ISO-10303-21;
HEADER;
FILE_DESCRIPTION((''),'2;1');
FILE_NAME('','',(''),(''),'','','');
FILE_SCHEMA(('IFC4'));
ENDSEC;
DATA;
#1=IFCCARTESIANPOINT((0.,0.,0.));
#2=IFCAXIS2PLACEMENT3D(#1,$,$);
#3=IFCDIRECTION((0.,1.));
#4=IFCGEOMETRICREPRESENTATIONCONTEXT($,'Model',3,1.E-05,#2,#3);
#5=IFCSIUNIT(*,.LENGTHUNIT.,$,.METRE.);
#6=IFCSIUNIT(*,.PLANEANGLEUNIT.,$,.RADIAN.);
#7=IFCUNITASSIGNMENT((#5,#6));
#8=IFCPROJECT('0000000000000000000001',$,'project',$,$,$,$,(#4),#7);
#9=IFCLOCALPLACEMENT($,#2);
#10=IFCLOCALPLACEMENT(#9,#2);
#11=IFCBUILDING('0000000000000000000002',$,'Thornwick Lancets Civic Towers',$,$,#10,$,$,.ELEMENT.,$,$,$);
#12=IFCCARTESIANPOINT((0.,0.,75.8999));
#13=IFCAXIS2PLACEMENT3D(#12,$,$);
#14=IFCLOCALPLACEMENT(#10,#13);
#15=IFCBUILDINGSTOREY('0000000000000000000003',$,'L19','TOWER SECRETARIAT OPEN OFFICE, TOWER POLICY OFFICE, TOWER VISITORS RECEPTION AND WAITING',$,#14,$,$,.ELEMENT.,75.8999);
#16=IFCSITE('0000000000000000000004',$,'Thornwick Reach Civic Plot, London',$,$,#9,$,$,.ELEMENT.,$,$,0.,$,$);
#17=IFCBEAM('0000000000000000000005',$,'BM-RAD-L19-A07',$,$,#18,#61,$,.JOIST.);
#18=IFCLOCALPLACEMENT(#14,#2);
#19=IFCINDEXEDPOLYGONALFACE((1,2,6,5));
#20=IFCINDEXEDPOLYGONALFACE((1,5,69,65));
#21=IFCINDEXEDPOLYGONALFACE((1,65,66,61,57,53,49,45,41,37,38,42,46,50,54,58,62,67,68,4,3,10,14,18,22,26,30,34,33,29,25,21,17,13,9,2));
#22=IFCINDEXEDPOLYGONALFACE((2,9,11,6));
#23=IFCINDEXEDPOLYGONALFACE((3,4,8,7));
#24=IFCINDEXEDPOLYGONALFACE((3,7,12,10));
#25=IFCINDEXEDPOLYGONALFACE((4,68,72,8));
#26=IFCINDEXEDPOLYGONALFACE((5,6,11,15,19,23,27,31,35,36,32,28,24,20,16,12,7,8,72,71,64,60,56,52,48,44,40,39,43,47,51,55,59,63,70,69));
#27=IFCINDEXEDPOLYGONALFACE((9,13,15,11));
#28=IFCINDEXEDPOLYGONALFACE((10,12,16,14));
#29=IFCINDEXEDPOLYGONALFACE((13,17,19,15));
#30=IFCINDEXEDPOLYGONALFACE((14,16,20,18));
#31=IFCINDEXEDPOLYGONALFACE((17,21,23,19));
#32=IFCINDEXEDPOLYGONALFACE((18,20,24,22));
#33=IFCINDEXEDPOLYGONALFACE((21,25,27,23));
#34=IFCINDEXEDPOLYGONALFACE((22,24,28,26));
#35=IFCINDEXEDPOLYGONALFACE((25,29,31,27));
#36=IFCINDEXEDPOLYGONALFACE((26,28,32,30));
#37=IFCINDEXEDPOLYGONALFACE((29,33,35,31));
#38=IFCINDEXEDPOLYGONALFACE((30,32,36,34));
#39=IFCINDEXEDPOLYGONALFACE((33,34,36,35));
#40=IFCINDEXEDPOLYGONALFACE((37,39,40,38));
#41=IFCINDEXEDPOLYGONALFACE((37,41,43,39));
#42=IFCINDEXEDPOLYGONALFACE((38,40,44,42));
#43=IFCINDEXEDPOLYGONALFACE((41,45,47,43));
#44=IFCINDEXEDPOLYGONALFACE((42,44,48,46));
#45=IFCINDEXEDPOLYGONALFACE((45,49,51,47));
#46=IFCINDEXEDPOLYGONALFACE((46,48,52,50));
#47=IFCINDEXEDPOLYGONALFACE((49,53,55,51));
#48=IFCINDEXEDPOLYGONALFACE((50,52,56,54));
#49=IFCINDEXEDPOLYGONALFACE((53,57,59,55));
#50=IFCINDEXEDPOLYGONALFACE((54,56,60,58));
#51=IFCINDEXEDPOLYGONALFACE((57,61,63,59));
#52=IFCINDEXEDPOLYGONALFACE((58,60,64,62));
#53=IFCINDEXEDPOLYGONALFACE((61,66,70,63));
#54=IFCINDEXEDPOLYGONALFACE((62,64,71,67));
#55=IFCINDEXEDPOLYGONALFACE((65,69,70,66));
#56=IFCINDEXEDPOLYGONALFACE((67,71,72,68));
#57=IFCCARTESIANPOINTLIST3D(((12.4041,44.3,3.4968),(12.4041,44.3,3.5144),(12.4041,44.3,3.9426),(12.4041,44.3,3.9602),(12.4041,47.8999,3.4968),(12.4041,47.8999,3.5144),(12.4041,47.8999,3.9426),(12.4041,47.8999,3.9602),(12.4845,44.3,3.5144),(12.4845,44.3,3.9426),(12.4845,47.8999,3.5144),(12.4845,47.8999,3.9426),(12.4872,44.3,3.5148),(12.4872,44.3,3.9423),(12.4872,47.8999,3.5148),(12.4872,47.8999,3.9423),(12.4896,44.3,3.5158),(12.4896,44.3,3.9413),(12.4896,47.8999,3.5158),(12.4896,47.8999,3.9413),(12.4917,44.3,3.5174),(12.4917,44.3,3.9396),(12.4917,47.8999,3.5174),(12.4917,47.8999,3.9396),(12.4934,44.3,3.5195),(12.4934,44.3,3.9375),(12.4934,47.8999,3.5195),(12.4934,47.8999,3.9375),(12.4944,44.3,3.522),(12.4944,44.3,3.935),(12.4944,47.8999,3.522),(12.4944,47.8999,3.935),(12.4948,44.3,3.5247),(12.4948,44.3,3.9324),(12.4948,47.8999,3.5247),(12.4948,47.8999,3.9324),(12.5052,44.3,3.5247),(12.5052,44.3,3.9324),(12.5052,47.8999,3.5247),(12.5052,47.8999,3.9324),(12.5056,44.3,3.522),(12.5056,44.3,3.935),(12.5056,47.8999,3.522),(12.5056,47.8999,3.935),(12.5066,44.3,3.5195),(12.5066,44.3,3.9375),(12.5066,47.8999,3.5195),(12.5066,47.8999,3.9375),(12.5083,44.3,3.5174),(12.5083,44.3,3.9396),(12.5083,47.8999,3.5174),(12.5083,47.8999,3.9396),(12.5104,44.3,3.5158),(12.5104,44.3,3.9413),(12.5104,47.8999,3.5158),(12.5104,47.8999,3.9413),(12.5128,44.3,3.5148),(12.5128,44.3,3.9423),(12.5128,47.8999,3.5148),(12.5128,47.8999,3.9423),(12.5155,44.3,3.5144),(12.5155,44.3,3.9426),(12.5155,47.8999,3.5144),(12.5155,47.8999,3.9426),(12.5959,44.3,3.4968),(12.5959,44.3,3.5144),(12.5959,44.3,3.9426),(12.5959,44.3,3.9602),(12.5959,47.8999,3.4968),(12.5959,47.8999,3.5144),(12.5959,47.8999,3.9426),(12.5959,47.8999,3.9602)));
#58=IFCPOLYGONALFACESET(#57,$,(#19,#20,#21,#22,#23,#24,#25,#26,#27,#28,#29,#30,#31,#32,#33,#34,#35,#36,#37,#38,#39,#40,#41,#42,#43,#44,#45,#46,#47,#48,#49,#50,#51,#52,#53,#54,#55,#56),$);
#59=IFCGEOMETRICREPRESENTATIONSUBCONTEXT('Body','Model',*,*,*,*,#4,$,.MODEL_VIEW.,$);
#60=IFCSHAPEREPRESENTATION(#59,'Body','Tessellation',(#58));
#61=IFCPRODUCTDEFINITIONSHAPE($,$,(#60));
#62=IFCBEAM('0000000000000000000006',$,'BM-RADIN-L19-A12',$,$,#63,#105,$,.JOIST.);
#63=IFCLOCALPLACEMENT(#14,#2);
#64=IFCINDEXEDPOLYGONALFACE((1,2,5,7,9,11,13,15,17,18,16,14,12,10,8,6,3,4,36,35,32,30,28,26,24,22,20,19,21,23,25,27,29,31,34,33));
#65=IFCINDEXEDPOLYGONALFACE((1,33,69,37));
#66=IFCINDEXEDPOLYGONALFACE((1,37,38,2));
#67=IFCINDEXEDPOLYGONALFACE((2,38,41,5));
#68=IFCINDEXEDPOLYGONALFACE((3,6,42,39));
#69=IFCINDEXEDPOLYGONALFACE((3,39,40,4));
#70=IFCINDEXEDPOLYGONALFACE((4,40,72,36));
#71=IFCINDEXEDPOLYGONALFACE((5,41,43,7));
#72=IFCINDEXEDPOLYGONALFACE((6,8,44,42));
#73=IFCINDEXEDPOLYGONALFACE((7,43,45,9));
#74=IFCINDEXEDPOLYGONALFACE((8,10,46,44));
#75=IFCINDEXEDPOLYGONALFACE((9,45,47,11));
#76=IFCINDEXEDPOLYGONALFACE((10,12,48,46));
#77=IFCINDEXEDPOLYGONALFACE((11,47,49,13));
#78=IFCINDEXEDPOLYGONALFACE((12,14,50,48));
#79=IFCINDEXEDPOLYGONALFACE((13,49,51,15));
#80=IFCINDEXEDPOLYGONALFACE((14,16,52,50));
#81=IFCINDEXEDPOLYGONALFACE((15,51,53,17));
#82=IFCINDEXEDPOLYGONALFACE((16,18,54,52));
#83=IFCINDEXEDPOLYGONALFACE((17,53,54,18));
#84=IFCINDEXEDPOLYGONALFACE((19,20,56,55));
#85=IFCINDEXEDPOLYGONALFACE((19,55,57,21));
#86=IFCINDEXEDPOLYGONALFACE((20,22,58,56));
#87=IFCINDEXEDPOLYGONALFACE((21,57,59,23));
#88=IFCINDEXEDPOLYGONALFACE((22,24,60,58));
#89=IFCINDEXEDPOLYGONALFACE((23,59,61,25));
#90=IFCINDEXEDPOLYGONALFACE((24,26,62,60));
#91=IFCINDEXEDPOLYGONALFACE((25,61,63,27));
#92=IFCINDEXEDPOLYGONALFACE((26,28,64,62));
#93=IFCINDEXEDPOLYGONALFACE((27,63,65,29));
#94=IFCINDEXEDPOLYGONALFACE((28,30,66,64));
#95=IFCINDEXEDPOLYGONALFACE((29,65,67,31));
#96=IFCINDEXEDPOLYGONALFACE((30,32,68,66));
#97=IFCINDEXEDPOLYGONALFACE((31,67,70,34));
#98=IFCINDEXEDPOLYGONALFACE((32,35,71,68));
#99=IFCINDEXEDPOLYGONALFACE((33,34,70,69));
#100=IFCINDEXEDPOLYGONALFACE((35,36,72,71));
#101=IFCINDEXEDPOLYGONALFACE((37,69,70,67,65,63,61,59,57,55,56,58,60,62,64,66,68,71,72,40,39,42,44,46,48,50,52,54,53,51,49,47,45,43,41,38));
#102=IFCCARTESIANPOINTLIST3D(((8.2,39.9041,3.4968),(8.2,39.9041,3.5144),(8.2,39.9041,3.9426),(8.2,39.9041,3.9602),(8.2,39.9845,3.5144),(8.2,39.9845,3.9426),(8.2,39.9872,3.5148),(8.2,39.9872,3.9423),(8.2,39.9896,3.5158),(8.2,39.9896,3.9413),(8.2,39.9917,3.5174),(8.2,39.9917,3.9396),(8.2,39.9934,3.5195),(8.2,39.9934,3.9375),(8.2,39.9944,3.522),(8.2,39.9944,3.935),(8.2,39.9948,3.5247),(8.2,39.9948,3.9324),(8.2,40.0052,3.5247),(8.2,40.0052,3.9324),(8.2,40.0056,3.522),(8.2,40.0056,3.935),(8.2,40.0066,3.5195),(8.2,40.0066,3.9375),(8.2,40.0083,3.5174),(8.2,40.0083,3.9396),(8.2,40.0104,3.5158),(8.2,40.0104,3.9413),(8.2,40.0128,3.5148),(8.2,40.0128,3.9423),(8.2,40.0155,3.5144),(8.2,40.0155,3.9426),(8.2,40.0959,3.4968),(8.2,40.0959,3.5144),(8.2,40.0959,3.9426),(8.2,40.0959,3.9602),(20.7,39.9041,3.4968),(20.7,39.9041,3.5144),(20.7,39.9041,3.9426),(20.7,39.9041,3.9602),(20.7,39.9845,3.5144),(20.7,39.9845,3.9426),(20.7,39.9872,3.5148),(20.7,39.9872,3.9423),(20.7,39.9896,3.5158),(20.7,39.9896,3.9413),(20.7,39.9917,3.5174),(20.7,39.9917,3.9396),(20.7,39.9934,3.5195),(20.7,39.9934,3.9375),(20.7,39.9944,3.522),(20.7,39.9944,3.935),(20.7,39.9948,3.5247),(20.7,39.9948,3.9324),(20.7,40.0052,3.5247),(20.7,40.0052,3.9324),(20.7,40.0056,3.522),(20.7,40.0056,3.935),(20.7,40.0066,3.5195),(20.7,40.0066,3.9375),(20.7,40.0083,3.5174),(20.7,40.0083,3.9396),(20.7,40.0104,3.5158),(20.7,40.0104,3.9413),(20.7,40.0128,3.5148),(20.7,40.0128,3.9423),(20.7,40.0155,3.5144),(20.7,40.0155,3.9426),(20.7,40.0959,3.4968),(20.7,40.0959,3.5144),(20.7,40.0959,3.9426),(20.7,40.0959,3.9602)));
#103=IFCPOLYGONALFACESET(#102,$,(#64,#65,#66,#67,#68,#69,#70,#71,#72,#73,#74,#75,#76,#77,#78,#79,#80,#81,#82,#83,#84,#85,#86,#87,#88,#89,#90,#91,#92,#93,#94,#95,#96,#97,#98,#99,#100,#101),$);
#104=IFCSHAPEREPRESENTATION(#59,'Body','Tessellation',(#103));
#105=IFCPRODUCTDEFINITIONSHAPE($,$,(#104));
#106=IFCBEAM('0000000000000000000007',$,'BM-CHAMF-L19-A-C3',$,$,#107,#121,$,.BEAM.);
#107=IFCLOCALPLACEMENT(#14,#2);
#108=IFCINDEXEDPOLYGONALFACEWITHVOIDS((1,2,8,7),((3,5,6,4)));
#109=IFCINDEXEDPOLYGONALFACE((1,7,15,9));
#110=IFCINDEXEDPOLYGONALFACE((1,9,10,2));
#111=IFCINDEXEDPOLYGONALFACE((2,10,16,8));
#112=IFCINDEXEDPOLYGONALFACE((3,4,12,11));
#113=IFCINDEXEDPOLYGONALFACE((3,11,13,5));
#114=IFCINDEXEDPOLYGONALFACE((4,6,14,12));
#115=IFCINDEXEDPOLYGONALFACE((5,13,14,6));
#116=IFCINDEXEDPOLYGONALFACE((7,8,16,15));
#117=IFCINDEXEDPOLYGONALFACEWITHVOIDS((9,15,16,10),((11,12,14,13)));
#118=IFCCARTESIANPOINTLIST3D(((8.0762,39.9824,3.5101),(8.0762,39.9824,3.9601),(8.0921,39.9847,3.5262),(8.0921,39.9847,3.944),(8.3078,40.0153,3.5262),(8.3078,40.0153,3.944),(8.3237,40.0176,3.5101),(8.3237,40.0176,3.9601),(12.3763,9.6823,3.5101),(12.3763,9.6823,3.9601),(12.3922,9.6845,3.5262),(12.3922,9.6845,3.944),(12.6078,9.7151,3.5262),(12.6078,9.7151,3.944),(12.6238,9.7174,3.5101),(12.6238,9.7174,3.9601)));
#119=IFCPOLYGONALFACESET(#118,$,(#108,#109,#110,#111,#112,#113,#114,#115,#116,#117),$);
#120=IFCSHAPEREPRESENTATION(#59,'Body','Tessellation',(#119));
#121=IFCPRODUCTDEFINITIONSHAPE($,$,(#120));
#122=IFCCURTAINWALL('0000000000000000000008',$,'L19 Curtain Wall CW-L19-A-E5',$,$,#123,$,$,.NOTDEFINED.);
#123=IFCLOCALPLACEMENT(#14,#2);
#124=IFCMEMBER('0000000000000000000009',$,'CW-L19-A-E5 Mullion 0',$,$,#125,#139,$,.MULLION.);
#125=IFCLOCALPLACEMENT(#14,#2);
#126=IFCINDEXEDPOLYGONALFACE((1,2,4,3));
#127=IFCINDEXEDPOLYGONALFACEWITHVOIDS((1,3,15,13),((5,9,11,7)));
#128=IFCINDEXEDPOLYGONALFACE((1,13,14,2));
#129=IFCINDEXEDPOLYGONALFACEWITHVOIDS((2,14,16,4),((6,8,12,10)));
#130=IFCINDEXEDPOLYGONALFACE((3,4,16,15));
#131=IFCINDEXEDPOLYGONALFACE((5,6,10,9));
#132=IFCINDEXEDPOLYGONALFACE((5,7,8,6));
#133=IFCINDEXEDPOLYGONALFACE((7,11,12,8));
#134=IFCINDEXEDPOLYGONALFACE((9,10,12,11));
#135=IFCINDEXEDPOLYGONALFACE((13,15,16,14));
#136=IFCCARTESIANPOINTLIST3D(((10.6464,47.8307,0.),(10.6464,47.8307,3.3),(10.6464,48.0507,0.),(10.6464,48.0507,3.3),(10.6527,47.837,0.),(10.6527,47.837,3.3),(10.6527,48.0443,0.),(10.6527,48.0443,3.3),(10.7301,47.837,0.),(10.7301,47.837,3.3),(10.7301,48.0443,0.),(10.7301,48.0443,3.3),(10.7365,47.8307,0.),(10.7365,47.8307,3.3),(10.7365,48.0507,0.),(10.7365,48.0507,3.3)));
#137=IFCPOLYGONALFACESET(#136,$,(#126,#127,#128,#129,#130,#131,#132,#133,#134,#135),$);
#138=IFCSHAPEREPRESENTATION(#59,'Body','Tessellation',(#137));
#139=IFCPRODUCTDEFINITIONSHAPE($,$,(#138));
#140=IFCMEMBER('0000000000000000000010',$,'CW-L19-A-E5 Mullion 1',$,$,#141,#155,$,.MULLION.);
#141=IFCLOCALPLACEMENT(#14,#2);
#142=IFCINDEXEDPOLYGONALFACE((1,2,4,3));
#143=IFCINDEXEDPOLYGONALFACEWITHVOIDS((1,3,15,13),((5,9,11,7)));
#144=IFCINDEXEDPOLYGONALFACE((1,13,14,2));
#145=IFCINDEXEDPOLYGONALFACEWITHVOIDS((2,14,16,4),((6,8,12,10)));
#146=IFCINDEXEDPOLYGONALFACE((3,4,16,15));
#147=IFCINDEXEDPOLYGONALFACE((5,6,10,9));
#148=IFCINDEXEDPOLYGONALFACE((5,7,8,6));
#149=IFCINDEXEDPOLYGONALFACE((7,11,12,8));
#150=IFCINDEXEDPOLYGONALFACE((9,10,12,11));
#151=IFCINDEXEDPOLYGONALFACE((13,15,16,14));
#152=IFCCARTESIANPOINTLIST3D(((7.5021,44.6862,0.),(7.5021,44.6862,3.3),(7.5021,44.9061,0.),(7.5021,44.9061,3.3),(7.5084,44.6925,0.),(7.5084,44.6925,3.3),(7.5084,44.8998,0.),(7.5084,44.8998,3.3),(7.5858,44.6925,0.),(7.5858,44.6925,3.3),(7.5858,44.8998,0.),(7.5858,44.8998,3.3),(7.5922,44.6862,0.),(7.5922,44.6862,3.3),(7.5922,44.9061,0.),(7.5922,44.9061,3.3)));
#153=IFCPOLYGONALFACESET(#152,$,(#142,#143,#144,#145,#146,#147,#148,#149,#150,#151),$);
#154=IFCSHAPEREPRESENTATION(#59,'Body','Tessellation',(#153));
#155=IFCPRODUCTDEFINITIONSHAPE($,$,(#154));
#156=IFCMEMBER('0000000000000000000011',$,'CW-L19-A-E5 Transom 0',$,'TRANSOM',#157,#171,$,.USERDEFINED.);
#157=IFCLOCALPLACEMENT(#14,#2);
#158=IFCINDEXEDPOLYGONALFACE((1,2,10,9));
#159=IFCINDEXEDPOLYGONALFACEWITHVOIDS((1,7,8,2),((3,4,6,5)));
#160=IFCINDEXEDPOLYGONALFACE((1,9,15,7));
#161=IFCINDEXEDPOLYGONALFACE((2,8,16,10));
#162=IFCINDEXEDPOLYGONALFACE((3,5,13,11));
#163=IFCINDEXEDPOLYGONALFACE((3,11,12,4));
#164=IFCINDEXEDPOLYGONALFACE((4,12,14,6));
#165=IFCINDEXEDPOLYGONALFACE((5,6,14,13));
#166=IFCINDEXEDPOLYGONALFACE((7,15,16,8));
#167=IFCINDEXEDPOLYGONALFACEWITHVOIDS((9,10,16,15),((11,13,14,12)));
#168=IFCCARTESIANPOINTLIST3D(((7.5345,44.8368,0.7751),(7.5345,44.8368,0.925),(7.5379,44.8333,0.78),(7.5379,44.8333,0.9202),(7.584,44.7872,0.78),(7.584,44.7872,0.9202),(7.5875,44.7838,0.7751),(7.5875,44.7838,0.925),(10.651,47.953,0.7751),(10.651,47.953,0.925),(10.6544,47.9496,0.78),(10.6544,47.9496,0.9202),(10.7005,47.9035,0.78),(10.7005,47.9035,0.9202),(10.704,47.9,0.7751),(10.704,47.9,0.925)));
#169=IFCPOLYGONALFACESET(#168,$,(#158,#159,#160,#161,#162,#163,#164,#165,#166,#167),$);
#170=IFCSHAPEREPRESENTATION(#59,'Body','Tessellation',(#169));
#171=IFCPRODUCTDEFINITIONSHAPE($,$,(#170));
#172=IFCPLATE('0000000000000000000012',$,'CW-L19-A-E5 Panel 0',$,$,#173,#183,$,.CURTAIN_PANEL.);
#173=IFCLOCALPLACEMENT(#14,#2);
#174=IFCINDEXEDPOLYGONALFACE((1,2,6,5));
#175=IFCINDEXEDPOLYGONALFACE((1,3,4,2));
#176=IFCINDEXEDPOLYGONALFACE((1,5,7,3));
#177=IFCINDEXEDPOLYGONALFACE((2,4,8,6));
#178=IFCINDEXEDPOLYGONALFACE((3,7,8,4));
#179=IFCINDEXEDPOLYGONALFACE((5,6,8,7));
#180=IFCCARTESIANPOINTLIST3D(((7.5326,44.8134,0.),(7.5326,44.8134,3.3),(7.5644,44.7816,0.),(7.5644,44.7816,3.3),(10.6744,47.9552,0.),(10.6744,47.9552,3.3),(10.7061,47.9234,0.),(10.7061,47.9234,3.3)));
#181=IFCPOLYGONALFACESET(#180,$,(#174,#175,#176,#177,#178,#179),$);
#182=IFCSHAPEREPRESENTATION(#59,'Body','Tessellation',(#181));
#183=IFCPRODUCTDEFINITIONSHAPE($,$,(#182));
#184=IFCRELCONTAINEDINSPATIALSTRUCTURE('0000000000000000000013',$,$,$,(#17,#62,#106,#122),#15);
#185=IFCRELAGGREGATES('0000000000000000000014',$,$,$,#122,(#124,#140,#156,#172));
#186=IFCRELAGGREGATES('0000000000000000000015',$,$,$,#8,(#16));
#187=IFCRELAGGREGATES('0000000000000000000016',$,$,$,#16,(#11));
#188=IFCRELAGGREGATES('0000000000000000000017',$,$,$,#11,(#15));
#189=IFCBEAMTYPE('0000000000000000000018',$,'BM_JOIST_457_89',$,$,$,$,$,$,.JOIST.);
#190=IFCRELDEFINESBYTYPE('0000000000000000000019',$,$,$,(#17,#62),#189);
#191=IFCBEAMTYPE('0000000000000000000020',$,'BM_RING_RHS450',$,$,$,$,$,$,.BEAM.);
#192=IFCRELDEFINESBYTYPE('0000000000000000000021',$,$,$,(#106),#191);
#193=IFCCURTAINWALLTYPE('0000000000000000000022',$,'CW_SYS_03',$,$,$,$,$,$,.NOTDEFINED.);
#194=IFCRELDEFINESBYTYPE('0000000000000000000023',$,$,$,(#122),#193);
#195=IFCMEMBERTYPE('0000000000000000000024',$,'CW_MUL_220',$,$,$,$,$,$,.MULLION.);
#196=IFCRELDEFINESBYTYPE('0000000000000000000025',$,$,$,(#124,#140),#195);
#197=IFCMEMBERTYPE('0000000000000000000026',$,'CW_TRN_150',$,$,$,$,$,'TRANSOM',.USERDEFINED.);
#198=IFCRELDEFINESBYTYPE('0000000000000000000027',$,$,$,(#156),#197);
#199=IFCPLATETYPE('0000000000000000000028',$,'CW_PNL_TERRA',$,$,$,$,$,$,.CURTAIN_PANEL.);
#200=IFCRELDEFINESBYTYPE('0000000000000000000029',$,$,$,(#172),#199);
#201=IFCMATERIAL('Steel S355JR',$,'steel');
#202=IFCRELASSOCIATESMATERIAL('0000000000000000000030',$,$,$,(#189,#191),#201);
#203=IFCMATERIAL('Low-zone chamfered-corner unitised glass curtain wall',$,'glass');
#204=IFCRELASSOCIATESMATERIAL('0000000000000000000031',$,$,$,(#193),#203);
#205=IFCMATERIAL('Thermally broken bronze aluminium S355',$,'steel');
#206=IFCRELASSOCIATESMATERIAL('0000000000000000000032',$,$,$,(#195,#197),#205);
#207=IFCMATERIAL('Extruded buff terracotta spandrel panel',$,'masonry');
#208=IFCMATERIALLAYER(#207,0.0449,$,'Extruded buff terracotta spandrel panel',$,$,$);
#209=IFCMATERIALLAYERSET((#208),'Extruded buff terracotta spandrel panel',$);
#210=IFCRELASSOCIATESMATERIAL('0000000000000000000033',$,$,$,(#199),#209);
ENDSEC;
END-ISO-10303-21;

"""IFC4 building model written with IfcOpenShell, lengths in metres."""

from ifc_helpers import new_model, si_unit, direction, frame, origin, origin_2d, place, context, subcontext, project, spatial, rectangle, hollow_rectangle, i_section, extrude, material, layer, layer_set, material_profile, profile_set, type_object, element, aggregate, save


model = new_model("IFC4")

# Units and contexts
model_context = context("Model", 3, precision=1e-05, world=origin(), true_north=direction((0.0, 1.0)))
body_context = subcontext(model_context, "Body", "Model", "MODEL_VIEW")
ifc_project = project(units=[si_unit("LENGTHUNIT", "METRE"), si_unit("PLANEANGLEUNIT", "RADIAN")], contexts=[model_context])

# Site, building, storey
site_placement = place(None, origin())
site = spatial("IfcSite", under=ifc_project, at=site_placement, Name="Thornwick Reach Civic Plot, London", CompositionType="ELEMENT", RefElevation=0.0)
building_placement = place(site_placement, origin())
building = spatial("IfcBuilding", under=site, at=building_placement, Name="Thornwick Lancets Civic Towers", CompositionType="ELEMENT")
storey_placement = place(building_placement, frame((0.0, 0.0, 75.8999)))
storey = spatial("IfcBuildingStorey", under=building, at=storey_placement, Name="L19", Description="TOWER SECRETARIAT OPEN OFFICE, TOWER POLICY OFFICE, TOWER VISITORS RECEPTION AND WAITING", CompositionType="ELEMENT", Elevation=75.8999)

# Beams
ifc_material_1 = material(Name="Steel S355JR", Category="steel")
ifc_material_profile_1 = material_profile(ifc_material_1, i_section(OverallWidth=0.1919, OverallDepth=0.4634, WebThickness=0.0105, FlangeThickness=0.0176, FilletRadius=0.0103, at=origin_2d()), Name="UKB 457x191x89")
ifc_profile_set_1 = profile_set([ifc_material_profile_1], Name="Steel S355JR")
beam_type_1 = type_object("IfcBeamType", Name="BM_JOIST_457_89", PredefinedType="JOIST", material=ifc_profile_set_1)
beam_1_placement = place(storey_placement, frame((12.5, 44.3, 3.7285), z_axis=(0.0, 1.0, 0.0), x_axis=(-1.0, 0.0, 0.0)))
element("IfcBeam", 1, at=beam_1_placement, inside=storey, type_object=beam_type_1, Name="BM-RAD-L19-A07", PredefinedType="JOIST", context=body_context, shape_type="SweptSolid", body=[
    extrude(i_section(OverallWidth=0.1919, OverallDepth=0.4634, WebThickness=0.0105, FlangeThickness=0.0176, FilletRadius=0.0103, at=origin_2d()), origin(), (0.0, 0.0, 1.0), 3.5999),
])
beam_2_placement = place(storey_placement, frame((20.7, 40.0, 3.7285), z_axis=(-1.0, 0.0, 0.0), x_axis=(0.0, -1.0, 0.0)))
element("IfcBeam", 2, at=beam_2_placement, inside=storey, type_object=beam_type_1, Name="BM-RADIN-L19-A12", PredefinedType="JOIST", context=body_context, shape_type="SweptSolid", body=[
    extrude(i_section(OverallWidth=0.1919, OverallDepth=0.4634, WebThickness=0.0105, FlangeThickness=0.0176, FilletRadius=0.0103, at=origin_2d()), origin(), (0.0, 0.0, 1.0), 12.5),
])
ifc_material_profile_2 = material_profile(ifc_material_1, hollow_rectangle(XDim=0.25, YDim=0.45, WallThickness=0.0161, at=origin_2d()), Name="RHS 450x250x16")
ifc_profile_set_2 = profile_set([ifc_material_profile_2], Name="Steel S355JR")
beam_type_2 = type_object("IfcBeamType", Name="BM_RING_RHS450", PredefinedType="BEAM", material=ifc_profile_set_2)
beam_3_placement = place(storey_placement, frame((8.2, 40.0, 3.7351), z_axis=(0.140508, -0.99008, 0.0), x_axis=(0.99008, 0.140508, 0.0)))
element("IfcBeam", 3, at=beam_3_placement, inside=storey, type_object=beam_type_2, Name="BM-CHAMF-L19-A-C3", PredefinedType="BEAM", context=body_context, shape_type="SweptSolid", body=[
    extrude(hollow_rectangle(XDim=0.25, YDim=0.45, WallThickness=0.0161, at=origin_2d()), origin(), (0.0, 0.0, 1.0), 30.6038),
])

# Curtain wall, members, plate
ifc_material_2 = material(Name="Low-zone chamfered-corner unitised glass curtain wall", Category="glass")
curtain_wall_type = type_object("IfcCurtainWallType", Name="CW_SYS_03", PredefinedType="NOTDEFINED", material=ifc_material_2)
curtain_wall_placement = place(storey_placement, origin())
curtain_wall = element("IfcCurtainWall", 4, at=curtain_wall_placement, inside=storey, type_object=curtain_wall_type, Name="L19 Curtain Wall CW-L19-A-E5", PredefinedType="NOTDEFINED")
ifc_material_3 = material(Name="Thermally broken bronze aluminium S355", Category="steel")
ifc_material_profile_3 = material_profile(ifc_material_3, hollow_rectangle(XDim=0.0901, YDim=0.22, WallThickness=0.0063, at=origin_2d()), Name="RHS 220x90x6.3")
ifc_profile_set_3 = profile_set([ifc_material_profile_3], Name="Thermally broken bronze aluminium S355")
member_type_1 = type_object("IfcMemberType", Name="CW_MUL_220", PredefinedType="MULLION", material=ifc_profile_set_3)
member_1_placement = place(storey_placement, frame((10.6914, 47.9407, 0.0), z_axis=(0.0, 0.0, 1.0), x_axis=(1.0, 0.0, 0.0)))
member_1 = element("IfcMember", 5, at=member_1_placement, type_object=member_type_1, Name="CW-L19-A-E5 Mullion 0", PredefinedType="MULLION", context=body_context, shape_type="SweptSolid", body=[
    extrude(hollow_rectangle(XDim=0.0901, YDim=0.22, WallThickness=0.0063, at=origin_2d()), origin(), (0.0, 0.0, 1.0), 3.3),
])
member_2_placement = place(storey_placement, frame((7.5471, 44.7961, 0.0), z_axis=(0.0, 0.0, 1.0), x_axis=(1.0, 0.0, 0.0)))
member_2 = element("IfcMember", 6, at=member_2_placement, type_object=member_type_1, Name="CW-L19-A-E5 Mullion 1", PredefinedType="MULLION", context=body_context, shape_type="SweptSolid", body=[
    extrude(hollow_rectangle(XDim=0.0901, YDim=0.22, WallThickness=0.0063, at=origin_2d()), origin(), (0.0, 0.0, 1.0), 3.3),
])
ifc_material_profile_4 = material_profile(ifc_material_3, hollow_rectangle(XDim=0.075, YDim=0.1499, WallThickness=0.0049, at=origin_2d()), Name="RHS 150x75x5")
ifc_profile_set_4 = profile_set([ifc_material_profile_4], Name="Thermally broken bronze aluminium S355")
member_type_2 = type_object("IfcMemberType", Name="CW_TRN_150", ElementType="TRANSOM", PredefinedType="USERDEFINED", material=ifc_profile_set_4)
member_3_placement = place(storey_placement, frame((10.6775, 47.9265, 0.8501), z_axis=(-0.707134, -0.707079, 0.0), x_axis=(0.707079, -0.707134, 0.0)))
member_3 = element("IfcMember", 7, at=member_3_placement, type_object=member_type_2, Name="CW-L19-A-E5 Transom 0", ObjectType="TRANSOM", PredefinedType="USERDEFINED", context=body_context, shape_type="SweptSolid", body=[
    extrude(hollow_rectangle(XDim=0.075, YDim=0.1499, WallThickness=0.0049, at=origin_2d()), origin(), (0.0, 0.0, 1.0), 4.4072),
])
ifc_material_4 = material(Name="Extruded buff terracotta spandrel panel", Category="masonry")
ifc_layer_1 = layer(ifc_material_4, 0.0449, Name="Extruded buff terracotta spandrel panel")
ifc_layer_set_1 = layer_set([ifc_layer_1], Name="Extruded buff terracotta spandrel panel")
plate_type = type_object("IfcPlateType", Name="CW_PNL_TERRA", PredefinedType="CURTAIN_PANEL", material=ifc_layer_set_1)
plate_placement = place(storey_placement, frame((9.1194, 46.3684, 0.0), z_axis=(0.0, 0.0, 1.0), x_axis=(-0.707107, -0.707107, 0.0)))
plate = element("IfcPlate", 8, at=plate_placement, type_object=plate_type, Name="CW-L19-A-E5 Panel 0", PredefinedType="CURTAIN_PANEL", context=body_context, shape_type="SweptSolid", body=[
    extrude(rectangle(XDim=4.4431, YDim=0.0449, at=origin_2d()), origin(), (0.0, 0.0, 1.0), 3.3),
])
aggregate(curtain_wall, [member_1, member_2, member_3, plate])

save(model, "model.ifc")
